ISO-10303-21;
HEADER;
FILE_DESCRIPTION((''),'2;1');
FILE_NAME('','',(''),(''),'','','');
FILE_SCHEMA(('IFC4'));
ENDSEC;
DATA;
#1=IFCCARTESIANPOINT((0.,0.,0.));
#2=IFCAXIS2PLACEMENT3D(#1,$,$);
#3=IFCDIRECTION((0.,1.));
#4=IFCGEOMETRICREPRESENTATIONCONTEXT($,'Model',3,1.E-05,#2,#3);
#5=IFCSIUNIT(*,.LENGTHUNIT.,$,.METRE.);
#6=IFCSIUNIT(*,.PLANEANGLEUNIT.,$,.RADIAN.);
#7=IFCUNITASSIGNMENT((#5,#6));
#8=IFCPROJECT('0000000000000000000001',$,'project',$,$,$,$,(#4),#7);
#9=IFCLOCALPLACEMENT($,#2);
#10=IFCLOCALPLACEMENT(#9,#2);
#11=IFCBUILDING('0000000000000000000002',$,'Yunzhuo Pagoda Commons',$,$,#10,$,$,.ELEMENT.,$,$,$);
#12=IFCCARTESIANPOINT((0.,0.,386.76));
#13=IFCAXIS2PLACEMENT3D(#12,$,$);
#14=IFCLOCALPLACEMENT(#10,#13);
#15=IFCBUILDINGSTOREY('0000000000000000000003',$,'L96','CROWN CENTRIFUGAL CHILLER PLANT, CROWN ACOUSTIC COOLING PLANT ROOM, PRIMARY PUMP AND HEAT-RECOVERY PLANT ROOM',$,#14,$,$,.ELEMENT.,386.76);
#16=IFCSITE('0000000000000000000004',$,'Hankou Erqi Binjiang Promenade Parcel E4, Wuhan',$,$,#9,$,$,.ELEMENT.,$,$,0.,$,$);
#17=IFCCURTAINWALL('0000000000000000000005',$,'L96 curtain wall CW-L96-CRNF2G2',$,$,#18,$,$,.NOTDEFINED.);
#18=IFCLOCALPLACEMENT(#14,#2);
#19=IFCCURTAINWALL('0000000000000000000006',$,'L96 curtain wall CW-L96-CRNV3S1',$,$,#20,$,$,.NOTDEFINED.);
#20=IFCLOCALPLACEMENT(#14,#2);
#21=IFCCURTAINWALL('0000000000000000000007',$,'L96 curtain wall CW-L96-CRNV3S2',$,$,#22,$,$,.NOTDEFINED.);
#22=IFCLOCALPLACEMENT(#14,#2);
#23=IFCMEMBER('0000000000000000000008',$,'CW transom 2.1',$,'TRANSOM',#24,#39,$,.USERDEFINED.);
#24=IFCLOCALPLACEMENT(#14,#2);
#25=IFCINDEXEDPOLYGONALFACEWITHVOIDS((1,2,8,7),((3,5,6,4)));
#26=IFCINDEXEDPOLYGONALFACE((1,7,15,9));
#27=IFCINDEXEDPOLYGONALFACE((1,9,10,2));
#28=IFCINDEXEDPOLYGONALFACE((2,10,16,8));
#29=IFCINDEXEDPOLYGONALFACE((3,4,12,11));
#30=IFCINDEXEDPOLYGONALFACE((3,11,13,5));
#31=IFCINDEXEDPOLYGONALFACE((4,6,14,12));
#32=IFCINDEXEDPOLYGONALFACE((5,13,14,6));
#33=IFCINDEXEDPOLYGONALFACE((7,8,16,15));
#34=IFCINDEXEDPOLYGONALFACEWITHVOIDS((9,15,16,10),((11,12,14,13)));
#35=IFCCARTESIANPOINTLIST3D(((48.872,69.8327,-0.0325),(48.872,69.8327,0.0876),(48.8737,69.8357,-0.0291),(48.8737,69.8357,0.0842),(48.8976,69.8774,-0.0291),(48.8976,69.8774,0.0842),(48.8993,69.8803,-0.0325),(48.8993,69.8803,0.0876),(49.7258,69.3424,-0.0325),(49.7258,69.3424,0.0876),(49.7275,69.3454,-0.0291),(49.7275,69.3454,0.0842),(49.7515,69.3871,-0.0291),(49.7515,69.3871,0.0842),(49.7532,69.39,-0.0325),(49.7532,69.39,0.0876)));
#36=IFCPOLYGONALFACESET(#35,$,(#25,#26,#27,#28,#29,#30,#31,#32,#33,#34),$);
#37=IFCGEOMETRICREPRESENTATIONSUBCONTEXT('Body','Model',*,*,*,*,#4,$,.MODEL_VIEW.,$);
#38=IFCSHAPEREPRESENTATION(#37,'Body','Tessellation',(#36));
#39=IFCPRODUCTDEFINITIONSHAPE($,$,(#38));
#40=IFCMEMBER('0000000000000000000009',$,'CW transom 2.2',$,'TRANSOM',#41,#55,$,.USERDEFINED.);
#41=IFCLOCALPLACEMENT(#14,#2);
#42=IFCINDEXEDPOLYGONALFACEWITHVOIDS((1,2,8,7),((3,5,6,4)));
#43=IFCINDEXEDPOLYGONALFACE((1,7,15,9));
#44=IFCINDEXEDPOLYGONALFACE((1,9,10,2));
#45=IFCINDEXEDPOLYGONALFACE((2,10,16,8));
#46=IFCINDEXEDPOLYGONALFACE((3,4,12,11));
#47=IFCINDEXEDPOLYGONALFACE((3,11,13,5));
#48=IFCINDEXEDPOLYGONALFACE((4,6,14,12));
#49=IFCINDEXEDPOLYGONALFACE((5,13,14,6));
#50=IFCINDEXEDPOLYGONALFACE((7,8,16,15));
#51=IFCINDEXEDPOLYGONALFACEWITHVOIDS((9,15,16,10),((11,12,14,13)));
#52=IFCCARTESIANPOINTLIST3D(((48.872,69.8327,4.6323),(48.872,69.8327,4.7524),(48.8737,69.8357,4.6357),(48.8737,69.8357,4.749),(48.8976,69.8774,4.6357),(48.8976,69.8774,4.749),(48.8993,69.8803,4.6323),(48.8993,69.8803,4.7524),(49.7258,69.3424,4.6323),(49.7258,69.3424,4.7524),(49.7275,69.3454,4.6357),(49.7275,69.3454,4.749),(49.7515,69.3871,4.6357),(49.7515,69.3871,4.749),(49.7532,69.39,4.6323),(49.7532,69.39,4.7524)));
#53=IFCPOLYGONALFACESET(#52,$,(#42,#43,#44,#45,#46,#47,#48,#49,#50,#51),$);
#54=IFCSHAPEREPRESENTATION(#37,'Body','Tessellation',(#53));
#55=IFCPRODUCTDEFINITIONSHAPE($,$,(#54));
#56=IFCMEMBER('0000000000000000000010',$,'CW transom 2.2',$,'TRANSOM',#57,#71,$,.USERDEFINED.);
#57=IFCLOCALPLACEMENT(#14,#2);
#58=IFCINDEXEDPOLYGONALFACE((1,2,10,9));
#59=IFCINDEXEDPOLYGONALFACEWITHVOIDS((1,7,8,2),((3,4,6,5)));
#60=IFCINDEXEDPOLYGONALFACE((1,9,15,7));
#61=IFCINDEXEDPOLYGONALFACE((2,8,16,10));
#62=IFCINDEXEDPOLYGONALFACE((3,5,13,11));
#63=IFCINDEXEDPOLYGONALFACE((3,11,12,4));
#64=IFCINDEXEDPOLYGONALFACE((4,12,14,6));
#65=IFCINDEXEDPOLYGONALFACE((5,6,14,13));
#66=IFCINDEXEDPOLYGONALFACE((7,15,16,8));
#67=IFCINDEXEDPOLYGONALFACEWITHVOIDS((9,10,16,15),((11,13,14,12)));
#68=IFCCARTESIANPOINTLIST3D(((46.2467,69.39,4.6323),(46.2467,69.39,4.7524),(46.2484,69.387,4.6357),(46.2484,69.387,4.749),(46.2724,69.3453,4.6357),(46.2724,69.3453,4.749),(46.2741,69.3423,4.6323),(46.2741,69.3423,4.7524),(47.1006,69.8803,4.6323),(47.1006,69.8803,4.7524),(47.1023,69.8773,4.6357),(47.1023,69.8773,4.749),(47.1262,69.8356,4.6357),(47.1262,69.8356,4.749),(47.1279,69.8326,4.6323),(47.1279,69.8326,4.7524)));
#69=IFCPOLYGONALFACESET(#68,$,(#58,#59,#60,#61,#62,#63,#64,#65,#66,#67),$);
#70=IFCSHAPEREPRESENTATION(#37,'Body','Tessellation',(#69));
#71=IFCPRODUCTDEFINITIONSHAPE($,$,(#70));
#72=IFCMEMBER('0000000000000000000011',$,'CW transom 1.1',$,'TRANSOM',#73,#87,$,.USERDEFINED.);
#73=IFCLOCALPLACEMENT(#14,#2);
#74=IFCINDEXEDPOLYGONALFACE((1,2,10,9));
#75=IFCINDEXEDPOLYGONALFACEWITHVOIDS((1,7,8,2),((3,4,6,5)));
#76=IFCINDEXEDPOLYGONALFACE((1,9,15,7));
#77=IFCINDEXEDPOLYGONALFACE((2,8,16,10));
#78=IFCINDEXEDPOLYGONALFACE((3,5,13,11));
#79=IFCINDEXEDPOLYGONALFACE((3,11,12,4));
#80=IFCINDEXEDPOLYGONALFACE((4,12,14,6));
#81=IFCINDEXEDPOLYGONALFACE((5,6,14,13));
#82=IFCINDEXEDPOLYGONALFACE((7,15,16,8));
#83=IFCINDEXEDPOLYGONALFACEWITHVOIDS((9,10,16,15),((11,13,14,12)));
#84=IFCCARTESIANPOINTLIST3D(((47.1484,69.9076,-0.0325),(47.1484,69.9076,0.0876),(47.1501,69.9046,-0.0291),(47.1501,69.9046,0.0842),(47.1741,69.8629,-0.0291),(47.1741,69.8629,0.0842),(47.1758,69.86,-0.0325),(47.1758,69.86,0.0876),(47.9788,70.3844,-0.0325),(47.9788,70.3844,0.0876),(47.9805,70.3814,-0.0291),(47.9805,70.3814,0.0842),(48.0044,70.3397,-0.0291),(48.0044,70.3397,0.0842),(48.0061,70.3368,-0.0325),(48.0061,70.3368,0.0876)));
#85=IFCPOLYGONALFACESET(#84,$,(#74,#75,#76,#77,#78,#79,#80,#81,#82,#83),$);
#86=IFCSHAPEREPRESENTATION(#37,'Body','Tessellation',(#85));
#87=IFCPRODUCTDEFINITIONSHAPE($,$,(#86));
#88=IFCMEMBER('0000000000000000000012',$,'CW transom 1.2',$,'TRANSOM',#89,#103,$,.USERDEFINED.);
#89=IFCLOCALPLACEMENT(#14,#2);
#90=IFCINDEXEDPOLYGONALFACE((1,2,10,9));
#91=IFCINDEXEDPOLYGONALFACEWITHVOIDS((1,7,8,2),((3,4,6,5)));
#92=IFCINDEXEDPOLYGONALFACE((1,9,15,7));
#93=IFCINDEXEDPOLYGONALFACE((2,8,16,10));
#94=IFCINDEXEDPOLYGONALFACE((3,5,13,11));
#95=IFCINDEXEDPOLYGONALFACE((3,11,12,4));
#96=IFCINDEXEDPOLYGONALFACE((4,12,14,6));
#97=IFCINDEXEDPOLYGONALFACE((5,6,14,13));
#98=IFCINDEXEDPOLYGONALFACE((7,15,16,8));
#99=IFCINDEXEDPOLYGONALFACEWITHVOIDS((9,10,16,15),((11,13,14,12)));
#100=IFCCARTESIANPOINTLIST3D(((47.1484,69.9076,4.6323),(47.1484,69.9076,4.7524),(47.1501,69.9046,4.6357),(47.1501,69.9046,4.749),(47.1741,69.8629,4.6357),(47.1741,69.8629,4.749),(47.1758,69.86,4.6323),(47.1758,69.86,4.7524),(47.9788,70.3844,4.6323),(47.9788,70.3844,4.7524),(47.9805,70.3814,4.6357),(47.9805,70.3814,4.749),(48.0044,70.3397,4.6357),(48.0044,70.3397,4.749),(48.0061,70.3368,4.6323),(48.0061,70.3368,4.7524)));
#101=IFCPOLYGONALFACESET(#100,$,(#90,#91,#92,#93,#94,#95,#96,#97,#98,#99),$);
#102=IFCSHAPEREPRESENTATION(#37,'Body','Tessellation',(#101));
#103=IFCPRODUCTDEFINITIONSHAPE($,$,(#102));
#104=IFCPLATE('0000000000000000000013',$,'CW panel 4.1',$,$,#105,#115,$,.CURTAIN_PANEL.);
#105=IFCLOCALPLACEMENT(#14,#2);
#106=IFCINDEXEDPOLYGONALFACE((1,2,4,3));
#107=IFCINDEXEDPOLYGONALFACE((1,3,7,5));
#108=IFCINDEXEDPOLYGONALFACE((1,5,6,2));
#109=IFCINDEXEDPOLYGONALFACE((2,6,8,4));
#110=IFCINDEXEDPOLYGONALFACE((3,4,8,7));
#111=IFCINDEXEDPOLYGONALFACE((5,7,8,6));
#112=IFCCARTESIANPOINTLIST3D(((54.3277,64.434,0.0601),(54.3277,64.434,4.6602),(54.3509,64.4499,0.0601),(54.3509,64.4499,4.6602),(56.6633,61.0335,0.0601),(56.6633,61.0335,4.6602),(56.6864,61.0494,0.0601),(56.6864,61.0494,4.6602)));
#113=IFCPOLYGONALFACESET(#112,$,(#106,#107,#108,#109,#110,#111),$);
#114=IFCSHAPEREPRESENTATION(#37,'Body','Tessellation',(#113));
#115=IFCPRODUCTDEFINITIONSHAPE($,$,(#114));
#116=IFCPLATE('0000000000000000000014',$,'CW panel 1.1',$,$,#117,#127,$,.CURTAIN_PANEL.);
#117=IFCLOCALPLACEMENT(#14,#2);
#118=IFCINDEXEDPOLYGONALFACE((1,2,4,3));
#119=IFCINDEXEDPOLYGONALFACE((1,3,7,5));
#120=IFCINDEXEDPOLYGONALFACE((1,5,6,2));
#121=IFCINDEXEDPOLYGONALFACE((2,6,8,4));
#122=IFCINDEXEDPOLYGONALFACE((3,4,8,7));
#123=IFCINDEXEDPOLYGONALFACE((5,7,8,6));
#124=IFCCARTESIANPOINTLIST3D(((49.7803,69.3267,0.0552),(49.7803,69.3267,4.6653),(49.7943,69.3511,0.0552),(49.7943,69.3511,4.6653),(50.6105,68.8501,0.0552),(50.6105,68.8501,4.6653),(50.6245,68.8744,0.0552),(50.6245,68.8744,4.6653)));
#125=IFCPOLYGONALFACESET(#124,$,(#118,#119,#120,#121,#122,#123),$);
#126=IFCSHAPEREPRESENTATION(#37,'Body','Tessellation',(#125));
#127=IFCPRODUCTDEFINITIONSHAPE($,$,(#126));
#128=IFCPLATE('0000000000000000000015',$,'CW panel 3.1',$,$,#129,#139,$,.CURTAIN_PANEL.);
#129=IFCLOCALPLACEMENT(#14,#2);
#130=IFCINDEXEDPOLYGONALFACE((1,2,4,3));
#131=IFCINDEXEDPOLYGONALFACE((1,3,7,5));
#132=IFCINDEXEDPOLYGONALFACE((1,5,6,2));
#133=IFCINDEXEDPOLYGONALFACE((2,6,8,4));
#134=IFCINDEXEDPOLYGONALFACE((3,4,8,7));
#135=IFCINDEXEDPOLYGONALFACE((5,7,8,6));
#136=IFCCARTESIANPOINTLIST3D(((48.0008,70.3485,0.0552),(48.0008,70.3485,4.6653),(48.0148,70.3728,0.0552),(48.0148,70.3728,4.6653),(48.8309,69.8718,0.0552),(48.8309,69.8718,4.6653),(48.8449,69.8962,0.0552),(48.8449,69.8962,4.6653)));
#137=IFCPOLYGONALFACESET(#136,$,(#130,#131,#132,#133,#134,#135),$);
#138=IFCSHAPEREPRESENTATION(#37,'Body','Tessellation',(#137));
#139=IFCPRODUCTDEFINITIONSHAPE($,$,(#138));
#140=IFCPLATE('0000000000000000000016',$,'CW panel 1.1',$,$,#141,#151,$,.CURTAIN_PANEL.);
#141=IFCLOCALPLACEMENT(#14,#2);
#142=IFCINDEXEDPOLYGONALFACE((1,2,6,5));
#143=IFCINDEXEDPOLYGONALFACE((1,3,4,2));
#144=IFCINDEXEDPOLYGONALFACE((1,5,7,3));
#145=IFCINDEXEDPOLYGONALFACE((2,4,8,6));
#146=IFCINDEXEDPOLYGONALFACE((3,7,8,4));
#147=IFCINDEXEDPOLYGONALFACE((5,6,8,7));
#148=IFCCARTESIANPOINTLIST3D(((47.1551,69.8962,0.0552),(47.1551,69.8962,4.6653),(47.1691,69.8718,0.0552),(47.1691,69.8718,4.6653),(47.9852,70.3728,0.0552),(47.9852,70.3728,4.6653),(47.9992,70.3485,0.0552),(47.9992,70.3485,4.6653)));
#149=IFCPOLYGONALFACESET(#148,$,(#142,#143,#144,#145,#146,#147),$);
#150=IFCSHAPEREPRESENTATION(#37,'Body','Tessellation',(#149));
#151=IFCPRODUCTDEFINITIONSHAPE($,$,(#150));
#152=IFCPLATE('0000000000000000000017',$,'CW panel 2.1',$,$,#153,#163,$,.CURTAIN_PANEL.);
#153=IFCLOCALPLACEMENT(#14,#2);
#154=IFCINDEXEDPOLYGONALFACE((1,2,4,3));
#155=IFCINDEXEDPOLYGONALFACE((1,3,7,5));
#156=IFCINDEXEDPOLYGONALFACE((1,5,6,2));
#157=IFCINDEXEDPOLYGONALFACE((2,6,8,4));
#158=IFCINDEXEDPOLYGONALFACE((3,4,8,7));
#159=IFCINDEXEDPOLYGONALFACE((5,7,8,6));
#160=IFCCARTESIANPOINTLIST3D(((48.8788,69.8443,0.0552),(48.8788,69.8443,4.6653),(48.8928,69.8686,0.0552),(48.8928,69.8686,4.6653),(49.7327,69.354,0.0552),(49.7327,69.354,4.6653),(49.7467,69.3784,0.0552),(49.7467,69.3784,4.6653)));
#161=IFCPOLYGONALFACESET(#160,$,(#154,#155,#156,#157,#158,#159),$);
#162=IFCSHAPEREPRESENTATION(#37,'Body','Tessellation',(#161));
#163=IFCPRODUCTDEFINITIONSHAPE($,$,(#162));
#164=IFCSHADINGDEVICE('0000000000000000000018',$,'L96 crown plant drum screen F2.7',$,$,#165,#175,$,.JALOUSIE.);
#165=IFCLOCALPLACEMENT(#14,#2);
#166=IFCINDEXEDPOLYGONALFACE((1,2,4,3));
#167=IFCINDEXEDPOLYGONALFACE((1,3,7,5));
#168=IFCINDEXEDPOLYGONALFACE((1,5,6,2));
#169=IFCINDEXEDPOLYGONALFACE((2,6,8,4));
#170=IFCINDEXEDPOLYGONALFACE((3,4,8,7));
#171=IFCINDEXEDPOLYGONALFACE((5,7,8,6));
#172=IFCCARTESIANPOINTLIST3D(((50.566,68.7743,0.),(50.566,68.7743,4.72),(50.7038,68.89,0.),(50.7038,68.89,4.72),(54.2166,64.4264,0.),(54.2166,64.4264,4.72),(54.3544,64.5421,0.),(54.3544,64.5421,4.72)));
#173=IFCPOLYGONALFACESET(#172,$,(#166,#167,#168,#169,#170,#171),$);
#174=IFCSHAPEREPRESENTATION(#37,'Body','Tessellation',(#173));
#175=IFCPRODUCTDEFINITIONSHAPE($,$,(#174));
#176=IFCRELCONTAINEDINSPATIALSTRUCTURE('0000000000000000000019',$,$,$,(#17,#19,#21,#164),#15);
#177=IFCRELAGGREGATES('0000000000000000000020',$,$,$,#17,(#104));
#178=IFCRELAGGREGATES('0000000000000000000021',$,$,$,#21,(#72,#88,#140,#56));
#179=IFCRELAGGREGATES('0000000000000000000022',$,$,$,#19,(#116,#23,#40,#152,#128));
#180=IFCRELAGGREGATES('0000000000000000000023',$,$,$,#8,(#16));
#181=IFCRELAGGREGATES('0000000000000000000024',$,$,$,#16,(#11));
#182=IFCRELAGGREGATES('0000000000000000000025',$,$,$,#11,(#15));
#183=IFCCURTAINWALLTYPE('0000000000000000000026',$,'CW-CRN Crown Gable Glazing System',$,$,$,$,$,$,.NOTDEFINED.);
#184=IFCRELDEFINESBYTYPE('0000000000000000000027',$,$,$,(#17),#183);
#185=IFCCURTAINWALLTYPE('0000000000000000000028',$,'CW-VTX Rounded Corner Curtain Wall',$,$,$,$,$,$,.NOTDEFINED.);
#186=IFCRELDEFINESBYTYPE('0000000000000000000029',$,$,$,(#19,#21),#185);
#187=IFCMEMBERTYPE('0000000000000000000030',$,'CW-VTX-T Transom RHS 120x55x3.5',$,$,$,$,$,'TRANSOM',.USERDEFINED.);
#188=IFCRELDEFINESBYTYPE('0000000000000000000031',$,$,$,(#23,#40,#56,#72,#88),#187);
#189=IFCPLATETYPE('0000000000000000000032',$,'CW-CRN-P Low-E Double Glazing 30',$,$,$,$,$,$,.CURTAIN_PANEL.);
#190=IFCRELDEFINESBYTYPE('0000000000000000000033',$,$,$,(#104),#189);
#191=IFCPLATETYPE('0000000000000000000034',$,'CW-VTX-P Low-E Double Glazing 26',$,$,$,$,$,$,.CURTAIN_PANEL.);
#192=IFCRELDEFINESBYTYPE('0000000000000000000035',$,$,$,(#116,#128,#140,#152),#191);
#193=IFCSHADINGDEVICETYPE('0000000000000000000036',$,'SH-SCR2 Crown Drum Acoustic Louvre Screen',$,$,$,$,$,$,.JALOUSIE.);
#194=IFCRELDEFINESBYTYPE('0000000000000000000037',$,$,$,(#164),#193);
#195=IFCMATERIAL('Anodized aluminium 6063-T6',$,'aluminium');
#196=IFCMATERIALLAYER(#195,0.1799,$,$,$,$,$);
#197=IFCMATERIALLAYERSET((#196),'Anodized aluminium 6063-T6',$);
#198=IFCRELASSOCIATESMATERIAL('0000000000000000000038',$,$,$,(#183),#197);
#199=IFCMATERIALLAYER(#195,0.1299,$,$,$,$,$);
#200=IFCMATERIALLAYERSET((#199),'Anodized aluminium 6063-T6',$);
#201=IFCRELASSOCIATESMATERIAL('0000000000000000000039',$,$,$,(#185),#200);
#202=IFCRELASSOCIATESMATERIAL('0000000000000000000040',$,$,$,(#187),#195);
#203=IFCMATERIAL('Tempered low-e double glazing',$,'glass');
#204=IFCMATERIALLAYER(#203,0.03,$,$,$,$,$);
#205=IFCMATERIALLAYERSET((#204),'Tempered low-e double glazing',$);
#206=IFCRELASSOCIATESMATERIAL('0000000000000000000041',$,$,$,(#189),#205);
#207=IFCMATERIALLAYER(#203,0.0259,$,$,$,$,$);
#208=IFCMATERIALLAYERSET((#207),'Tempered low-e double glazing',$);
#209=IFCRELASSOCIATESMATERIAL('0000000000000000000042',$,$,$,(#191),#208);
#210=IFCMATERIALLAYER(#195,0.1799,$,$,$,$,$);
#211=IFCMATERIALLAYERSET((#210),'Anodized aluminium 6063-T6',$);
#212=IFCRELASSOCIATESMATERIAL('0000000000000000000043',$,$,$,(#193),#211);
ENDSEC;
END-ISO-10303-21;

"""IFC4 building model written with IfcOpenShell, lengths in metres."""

from ifc_helpers import new_model, si_unit, direction, frame, origin, origin_2d, place, context, subcontext, project, spatial, rectangle, hollow_rectangle, extrude, source, transform, mapped, material, layer, layer_set, material_profile, profile_set, type_object, element, aggregate, save


model = new_model("IFC4")

# Units and contexts
model_context = context("Model", 3, precision=1e-05, world=origin(), true_north=direction((0.0, 1.0)))
body_context = subcontext(model_context, "Body", "Model", "MODEL_VIEW")
ifc_project = project(units=[si_unit("LENGTHUNIT", "METRE"), si_unit("PLANEANGLEUNIT", "RADIAN")], contexts=[model_context])

# Site, building, storey
site_placement = place(None, origin())
site = spatial("IfcSite", under=ifc_project, at=site_placement, Name="Hankou Erqi Binjiang Promenade Parcel E4, Wuhan", CompositionType="ELEMENT", RefElevation=0.0)
building_placement = place(site_placement, origin())
building = spatial("IfcBuilding", under=site, at=building_placement, Name="Yunzhuo Pagoda Commons", CompositionType="ELEMENT")
storey_placement = place(building_placement, frame((0.0, 0.0, 386.76)))
storey = spatial("IfcBuildingStorey", under=building, at=storey_placement, Name="L96", Description="CROWN CENTRIFUGAL CHILLER PLANT, CROWN ACOUSTIC COOLING PLANT ROOM, PRIMARY PUMP AND HEAT-RECOVERY PLANT ROOM", CompositionType="ELEMENT", Elevation=386.76)

# Curtain walls
ifc_material_1 = material(Name="Anodized aluminium 6063-T6", Category="aluminium")
ifc_layer_1 = layer(ifc_material_1, 0.1799)
ifc_layer_set_1 = layer_set([ifc_layer_1], Name="Anodized aluminium 6063-T6")
curtain_wall_type_1 = type_object("IfcCurtainWallType", Name="CW-CRN Crown Gable Glazing System", PredefinedType="NOTDEFINED", material=ifc_layer_set_1)
curtain_wall_1_placement = place(storey_placement, origin())
curtain_wall_1 = element("IfcCurtainWall", 1, at=curtain_wall_1_placement, inside=storey, type_object=curtain_wall_type_1, Name="L96 curtain wall CW-L96-CRNF2G2", PredefinedType="NOTDEFINED")
ifc_layer_2 = layer(ifc_material_1, 0.1299)
ifc_layer_set_2 = layer_set([ifc_layer_2], Name="Anodized aluminium 6063-T6")
curtain_wall_type_2 = type_object("IfcCurtainWallType", Name="CW-VTX Rounded Corner Curtain Wall", PredefinedType="NOTDEFINED", material=ifc_layer_set_2)
curtain_wall_2_placement = place(storey_placement, origin())
curtain_wall_2 = element("IfcCurtainWall", 2, at=curtain_wall_2_placement, inside=storey, type_object=curtain_wall_type_2, Name="L96 curtain wall CW-L96-CRNV3S1", PredefinedType="NOTDEFINED")

# Curtain wall
curtain_wall_3_placement = place(storey_placement, origin())
curtain_wall_3 = element("IfcCurtainWall", 3, at=curtain_wall_3_placement, inside=storey, type_object=curtain_wall_type_2, Name="L96 curtain wall CW-L96-CRNV3S2", PredefinedType="NOTDEFINED")

# Members
ifc_material_profile_1 = material_profile(ifc_material_1, hollow_rectangle(XDim=0.0549, YDim=0.1201, WallThickness=0.0034, at=origin_2d()), Name="Anodized aluminium 6063-T6")
ifc_profile_set_1 = profile_set([ifc_material_profile_1], Name="Anodized aluminium 6063-T6")
member_type_1 = type_object("IfcMemberType", Name="CW-VTX-T Transom RHS 120x55x3.5", ElementType="TRANSOM", PredefinedType="USERDEFINED", material=ifc_profile_set_1)
shared_shape_1 = source(origin(), body_context, "Body", "SweptSolid", [
    extrude(hollow_rectangle(XDim=0.0549, YDim=0.1201, WallThickness=0.0034, at=origin_2d()), origin(), (0.0, 0.0, 1.0), 0.9846),
])
member_1_placement = place(storey_placement, frame((49.7395, 69.3662, 0.0276), z_axis=(-0.867204, 0.497954, 0.0), x_axis=(-0.497954, -0.867204, 0.0)))
member_1 = element("IfcMember", 4, at=member_1_placement, type_object=member_type_1, Name="CW transom 2.1", ObjectType="TRANSOM", PredefinedType="USERDEFINED", context=body_context, shape_type="MappedRepresentation", body=[
    mapped(shared_shape_1, transform((0.0, 0.0, 0.0), scale=1.0)),
])
member_2_placement = place(storey_placement, frame((49.7395, 69.3662, 4.6924), z_axis=(-0.867204, 0.497954, 0.0), x_axis=(-0.497954, -0.867204, 0.0)))
member_2 = element("IfcMember", 5, at=member_2_placement, type_object=member_type_1, Name="CW transom 2.2", ObjectType="TRANSOM", PredefinedType="USERDEFINED", context=body_context, shape_type="MappedRepresentation", body=[
    mapped(shared_shape_1, transform((0.0, 0.0, 0.0), scale=1.0)),
])
member_3_placement = place(storey_placement, frame((47.1143, 69.8564, 4.6924), z_axis=(-0.867204, -0.497954, 0.0), x_axis=(0.497954, -0.867204, 0.0)))
member_3 = element("IfcMember", 6, at=member_3_placement, type_object=member_type_1, Name="CW transom 2.2", ObjectType="TRANSOM", PredefinedType="USERDEFINED", context=body_context, shape_type="MappedRepresentation", body=[
    mapped(shared_shape_1, transform((0.0, 0.0, 0.0), scale=1.0)),
])
shared_shape_2 = source(origin(), body_context, "Body", "SweptSolid", [
    extrude(hollow_rectangle(XDim=0.0549, YDim=0.1201, WallThickness=0.0034, at=origin_2d()), origin(), (0.0, 0.0, 1.0), 0.9575),
])
member_4_placement = place(storey_placement, frame((47.9924, 70.3606, 0.0276), z_axis=(-0.86719, -0.497978, 0.0), x_axis=(0.497978, -0.86719, 0.0)))
member_4 = element("IfcMember", 7, at=member_4_placement, type_object=member_type_1, Name="CW transom 1.1", ObjectType="TRANSOM", PredefinedType="USERDEFINED", context=body_context, shape_type="MappedRepresentation", body=[
    mapped(shared_shape_2, transform((0.0, 0.0, 0.0), scale=1.0)),
])
member_5_placement = place(storey_placement, frame((47.9924, 70.3606, 4.6924), z_axis=(-0.86719, -0.497978, 0.0), x_axis=(0.497978, -0.86719, 0.0)))
member_5 = element("IfcMember", 8, at=member_5_placement, type_object=member_type_1, Name="CW transom 1.2", ObjectType="TRANSOM", PredefinedType="USERDEFINED", context=body_context, shape_type="MappedRepresentation", body=[
    mapped(shared_shape_2, transform((0.0, 0.0, 0.0), scale=1.0)),
])

# Plates
ifc_material_2 = material(Name="Tempered low-e double glazing", Category="glass")
ifc_layer_3 = layer(ifc_material_2, 0.03)
ifc_layer_set_3 = layer_set([ifc_layer_3], Name="Tempered low-e double glazing")
plate_type_1 = type_object("IfcPlateType", Name="CW-CRN-P Low-E Double Glazing 30", PredefinedType="CURTAIN_PANEL", material=ifc_layer_set_3)
shared_shape_3 = source(origin(), body_context, "Body", "SweptSolid", [
    extrude(rectangle(XDim=4.1252, YDim=0.0281, at=origin_2d()), origin(), (0.0, 0.0, 1.0), 4.6001),
])
plate_1_placement = place(storey_placement, frame((55.5071, 62.7417, 0.0601), z_axis=(0.0, 0.0, 1.0), x_axis=(-0.566159, 0.824296, 0.0)))
plate_1 = element("IfcPlate", 9, at=plate_1_placement, type_object=plate_type_1, Name="CW panel 4.1", PredefinedType="CURTAIN_PANEL", context=body_context, shape_type="MappedRepresentation", body=[
    mapped(shared_shape_3, transform((0.0, 0.0, 0.0), scale=1.0)),
])
aggregate(curtain_wall_1, [plate_1])
ifc_layer_4 = layer(ifc_material_2, 0.0259)
ifc_layer_set_4 = layer_set([ifc_layer_4], Name="Tempered low-e double glazing")
plate_type_2 = type_object("IfcPlateType", Name="CW-VTX-P Low-E Double Glazing 26", PredefinedType="CURTAIN_PANEL", material=ifc_layer_set_4)
shared_shape_4 = source(origin(), body_context, "Body", "SweptSolid", [
    extrude(rectangle(XDim=0.9573, YDim=0.0281, at=origin_2d()), origin(), (0.0, 0.0, 1.0), 4.6101),
])
plate_2_placement = place(storey_placement, frame((50.2024, 69.1006, 0.0552), z_axis=(0.0, 0.0, 1.0), x_axis=(-0.867213, 0.497937, 0.0)))
plate_2 = element("IfcPlate", 10, at=plate_2_placement, type_object=plate_type_2, Name="CW panel 1.1", PredefinedType="CURTAIN_PANEL", context=body_context, shape_type="MappedRepresentation", body=[
    mapped(shared_shape_4, transform((0.0, 0.0, 0.0), scale=1.0)),
])
plate_3_placement = place(storey_placement, frame((48.4229, 70.1223, 0.0552), z_axis=(0.0, 0.0, 1.0), x_axis=(-0.867213, 0.497937, 0.0)))
plate_3 = element("IfcPlate", 11, at=plate_3_placement, type_object=plate_type_2, Name="CW panel 3.1", PredefinedType="CURTAIN_PANEL", context=body_context, shape_type="MappedRepresentation", body=[
    mapped(shared_shape_4, transform((0.0, 0.0, 0.0), scale=1.0)),
])
plate_4_placement = place(storey_placement, frame((47.5771, 70.1223, 0.0552), z_axis=(0.0, 0.0, 1.0), x_axis=(-0.867213, -0.497937, 0.0)))
plate_4 = element("IfcPlate", 12, at=plate_4_placement, type_object=plate_type_2, Name="CW panel 1.1", PredefinedType="CURTAIN_PANEL", context=body_context, shape_type="MappedRepresentation", body=[
    mapped(shared_shape_4, transform((0.0, 0.0, 0.0), scale=1.0)),
])
aggregate(curtain_wall_3, [member_4, member_5, plate_4, member_3])
shared_shape_5 = source(origin(), body_context, "Body", "SweptSolid", [
    extrude(rectangle(XDim=0.9846, YDim=0.0281, at=origin_2d()), origin(), (0.0, 0.0, 1.0), 4.6101),
])
plate_5_placement = place(storey_placement, frame((49.3127, 69.6113, 0.0552), z_axis=(0.0, 0.0, 1.0), x_axis=(-0.867213, 0.497937, 0.0)))
plate_5 = element("IfcPlate", 13, at=plate_5_placement, type_object=plate_type_2, Name="CW panel 2.1", PredefinedType="CURTAIN_PANEL", context=body_context, shape_type="MappedRepresentation", body=[
    mapped(shared_shape_5, transform((0.0, 0.0, 0.0), scale=1.0)),
])
aggregate(curtain_wall_2, [plate_2, member_1, member_2, plate_5, plate_3])

# Shading device
ifc_layer_5 = layer(ifc_material_1, 0.1799)
ifc_layer_set_5 = layer_set([ifc_layer_5], Name="Anodized aluminium 6063-T6")
shading_device_type = type_object("IfcShadingDeviceType", Name="SH-SCR2 Crown Drum Acoustic Louvre Screen", PredefinedType="JALOUSIE", material=ifc_layer_set_5)
shared_shape_6 = source(origin(), body_context, "Body", "SweptSolid", [
    extrude(rectangle(XDim=5.6772, YDim=0.1799, at=origin_2d()), origin(), (0.0, 0.0, 1.0), 4.72),
])
shading_device_placement = place(storey_placement, frame((52.4602, 66.6582, 0.0), z_axis=(0.0, 0.0, 1.0), x_axis=(-0.643015, 0.765854, 0.0)))
element("IfcShadingDevice", 14, at=shading_device_placement, inside=storey, type_object=shading_device_type, Name="L96 crown plant drum screen F2.7", PredefinedType="JALOUSIE", context=body_context, shape_type="MappedRepresentation", body=[
    mapped(shared_shape_6, transform((0.0, 0.0, 0.0), scale=1.0)),
])

save(model, "model.ifc")
